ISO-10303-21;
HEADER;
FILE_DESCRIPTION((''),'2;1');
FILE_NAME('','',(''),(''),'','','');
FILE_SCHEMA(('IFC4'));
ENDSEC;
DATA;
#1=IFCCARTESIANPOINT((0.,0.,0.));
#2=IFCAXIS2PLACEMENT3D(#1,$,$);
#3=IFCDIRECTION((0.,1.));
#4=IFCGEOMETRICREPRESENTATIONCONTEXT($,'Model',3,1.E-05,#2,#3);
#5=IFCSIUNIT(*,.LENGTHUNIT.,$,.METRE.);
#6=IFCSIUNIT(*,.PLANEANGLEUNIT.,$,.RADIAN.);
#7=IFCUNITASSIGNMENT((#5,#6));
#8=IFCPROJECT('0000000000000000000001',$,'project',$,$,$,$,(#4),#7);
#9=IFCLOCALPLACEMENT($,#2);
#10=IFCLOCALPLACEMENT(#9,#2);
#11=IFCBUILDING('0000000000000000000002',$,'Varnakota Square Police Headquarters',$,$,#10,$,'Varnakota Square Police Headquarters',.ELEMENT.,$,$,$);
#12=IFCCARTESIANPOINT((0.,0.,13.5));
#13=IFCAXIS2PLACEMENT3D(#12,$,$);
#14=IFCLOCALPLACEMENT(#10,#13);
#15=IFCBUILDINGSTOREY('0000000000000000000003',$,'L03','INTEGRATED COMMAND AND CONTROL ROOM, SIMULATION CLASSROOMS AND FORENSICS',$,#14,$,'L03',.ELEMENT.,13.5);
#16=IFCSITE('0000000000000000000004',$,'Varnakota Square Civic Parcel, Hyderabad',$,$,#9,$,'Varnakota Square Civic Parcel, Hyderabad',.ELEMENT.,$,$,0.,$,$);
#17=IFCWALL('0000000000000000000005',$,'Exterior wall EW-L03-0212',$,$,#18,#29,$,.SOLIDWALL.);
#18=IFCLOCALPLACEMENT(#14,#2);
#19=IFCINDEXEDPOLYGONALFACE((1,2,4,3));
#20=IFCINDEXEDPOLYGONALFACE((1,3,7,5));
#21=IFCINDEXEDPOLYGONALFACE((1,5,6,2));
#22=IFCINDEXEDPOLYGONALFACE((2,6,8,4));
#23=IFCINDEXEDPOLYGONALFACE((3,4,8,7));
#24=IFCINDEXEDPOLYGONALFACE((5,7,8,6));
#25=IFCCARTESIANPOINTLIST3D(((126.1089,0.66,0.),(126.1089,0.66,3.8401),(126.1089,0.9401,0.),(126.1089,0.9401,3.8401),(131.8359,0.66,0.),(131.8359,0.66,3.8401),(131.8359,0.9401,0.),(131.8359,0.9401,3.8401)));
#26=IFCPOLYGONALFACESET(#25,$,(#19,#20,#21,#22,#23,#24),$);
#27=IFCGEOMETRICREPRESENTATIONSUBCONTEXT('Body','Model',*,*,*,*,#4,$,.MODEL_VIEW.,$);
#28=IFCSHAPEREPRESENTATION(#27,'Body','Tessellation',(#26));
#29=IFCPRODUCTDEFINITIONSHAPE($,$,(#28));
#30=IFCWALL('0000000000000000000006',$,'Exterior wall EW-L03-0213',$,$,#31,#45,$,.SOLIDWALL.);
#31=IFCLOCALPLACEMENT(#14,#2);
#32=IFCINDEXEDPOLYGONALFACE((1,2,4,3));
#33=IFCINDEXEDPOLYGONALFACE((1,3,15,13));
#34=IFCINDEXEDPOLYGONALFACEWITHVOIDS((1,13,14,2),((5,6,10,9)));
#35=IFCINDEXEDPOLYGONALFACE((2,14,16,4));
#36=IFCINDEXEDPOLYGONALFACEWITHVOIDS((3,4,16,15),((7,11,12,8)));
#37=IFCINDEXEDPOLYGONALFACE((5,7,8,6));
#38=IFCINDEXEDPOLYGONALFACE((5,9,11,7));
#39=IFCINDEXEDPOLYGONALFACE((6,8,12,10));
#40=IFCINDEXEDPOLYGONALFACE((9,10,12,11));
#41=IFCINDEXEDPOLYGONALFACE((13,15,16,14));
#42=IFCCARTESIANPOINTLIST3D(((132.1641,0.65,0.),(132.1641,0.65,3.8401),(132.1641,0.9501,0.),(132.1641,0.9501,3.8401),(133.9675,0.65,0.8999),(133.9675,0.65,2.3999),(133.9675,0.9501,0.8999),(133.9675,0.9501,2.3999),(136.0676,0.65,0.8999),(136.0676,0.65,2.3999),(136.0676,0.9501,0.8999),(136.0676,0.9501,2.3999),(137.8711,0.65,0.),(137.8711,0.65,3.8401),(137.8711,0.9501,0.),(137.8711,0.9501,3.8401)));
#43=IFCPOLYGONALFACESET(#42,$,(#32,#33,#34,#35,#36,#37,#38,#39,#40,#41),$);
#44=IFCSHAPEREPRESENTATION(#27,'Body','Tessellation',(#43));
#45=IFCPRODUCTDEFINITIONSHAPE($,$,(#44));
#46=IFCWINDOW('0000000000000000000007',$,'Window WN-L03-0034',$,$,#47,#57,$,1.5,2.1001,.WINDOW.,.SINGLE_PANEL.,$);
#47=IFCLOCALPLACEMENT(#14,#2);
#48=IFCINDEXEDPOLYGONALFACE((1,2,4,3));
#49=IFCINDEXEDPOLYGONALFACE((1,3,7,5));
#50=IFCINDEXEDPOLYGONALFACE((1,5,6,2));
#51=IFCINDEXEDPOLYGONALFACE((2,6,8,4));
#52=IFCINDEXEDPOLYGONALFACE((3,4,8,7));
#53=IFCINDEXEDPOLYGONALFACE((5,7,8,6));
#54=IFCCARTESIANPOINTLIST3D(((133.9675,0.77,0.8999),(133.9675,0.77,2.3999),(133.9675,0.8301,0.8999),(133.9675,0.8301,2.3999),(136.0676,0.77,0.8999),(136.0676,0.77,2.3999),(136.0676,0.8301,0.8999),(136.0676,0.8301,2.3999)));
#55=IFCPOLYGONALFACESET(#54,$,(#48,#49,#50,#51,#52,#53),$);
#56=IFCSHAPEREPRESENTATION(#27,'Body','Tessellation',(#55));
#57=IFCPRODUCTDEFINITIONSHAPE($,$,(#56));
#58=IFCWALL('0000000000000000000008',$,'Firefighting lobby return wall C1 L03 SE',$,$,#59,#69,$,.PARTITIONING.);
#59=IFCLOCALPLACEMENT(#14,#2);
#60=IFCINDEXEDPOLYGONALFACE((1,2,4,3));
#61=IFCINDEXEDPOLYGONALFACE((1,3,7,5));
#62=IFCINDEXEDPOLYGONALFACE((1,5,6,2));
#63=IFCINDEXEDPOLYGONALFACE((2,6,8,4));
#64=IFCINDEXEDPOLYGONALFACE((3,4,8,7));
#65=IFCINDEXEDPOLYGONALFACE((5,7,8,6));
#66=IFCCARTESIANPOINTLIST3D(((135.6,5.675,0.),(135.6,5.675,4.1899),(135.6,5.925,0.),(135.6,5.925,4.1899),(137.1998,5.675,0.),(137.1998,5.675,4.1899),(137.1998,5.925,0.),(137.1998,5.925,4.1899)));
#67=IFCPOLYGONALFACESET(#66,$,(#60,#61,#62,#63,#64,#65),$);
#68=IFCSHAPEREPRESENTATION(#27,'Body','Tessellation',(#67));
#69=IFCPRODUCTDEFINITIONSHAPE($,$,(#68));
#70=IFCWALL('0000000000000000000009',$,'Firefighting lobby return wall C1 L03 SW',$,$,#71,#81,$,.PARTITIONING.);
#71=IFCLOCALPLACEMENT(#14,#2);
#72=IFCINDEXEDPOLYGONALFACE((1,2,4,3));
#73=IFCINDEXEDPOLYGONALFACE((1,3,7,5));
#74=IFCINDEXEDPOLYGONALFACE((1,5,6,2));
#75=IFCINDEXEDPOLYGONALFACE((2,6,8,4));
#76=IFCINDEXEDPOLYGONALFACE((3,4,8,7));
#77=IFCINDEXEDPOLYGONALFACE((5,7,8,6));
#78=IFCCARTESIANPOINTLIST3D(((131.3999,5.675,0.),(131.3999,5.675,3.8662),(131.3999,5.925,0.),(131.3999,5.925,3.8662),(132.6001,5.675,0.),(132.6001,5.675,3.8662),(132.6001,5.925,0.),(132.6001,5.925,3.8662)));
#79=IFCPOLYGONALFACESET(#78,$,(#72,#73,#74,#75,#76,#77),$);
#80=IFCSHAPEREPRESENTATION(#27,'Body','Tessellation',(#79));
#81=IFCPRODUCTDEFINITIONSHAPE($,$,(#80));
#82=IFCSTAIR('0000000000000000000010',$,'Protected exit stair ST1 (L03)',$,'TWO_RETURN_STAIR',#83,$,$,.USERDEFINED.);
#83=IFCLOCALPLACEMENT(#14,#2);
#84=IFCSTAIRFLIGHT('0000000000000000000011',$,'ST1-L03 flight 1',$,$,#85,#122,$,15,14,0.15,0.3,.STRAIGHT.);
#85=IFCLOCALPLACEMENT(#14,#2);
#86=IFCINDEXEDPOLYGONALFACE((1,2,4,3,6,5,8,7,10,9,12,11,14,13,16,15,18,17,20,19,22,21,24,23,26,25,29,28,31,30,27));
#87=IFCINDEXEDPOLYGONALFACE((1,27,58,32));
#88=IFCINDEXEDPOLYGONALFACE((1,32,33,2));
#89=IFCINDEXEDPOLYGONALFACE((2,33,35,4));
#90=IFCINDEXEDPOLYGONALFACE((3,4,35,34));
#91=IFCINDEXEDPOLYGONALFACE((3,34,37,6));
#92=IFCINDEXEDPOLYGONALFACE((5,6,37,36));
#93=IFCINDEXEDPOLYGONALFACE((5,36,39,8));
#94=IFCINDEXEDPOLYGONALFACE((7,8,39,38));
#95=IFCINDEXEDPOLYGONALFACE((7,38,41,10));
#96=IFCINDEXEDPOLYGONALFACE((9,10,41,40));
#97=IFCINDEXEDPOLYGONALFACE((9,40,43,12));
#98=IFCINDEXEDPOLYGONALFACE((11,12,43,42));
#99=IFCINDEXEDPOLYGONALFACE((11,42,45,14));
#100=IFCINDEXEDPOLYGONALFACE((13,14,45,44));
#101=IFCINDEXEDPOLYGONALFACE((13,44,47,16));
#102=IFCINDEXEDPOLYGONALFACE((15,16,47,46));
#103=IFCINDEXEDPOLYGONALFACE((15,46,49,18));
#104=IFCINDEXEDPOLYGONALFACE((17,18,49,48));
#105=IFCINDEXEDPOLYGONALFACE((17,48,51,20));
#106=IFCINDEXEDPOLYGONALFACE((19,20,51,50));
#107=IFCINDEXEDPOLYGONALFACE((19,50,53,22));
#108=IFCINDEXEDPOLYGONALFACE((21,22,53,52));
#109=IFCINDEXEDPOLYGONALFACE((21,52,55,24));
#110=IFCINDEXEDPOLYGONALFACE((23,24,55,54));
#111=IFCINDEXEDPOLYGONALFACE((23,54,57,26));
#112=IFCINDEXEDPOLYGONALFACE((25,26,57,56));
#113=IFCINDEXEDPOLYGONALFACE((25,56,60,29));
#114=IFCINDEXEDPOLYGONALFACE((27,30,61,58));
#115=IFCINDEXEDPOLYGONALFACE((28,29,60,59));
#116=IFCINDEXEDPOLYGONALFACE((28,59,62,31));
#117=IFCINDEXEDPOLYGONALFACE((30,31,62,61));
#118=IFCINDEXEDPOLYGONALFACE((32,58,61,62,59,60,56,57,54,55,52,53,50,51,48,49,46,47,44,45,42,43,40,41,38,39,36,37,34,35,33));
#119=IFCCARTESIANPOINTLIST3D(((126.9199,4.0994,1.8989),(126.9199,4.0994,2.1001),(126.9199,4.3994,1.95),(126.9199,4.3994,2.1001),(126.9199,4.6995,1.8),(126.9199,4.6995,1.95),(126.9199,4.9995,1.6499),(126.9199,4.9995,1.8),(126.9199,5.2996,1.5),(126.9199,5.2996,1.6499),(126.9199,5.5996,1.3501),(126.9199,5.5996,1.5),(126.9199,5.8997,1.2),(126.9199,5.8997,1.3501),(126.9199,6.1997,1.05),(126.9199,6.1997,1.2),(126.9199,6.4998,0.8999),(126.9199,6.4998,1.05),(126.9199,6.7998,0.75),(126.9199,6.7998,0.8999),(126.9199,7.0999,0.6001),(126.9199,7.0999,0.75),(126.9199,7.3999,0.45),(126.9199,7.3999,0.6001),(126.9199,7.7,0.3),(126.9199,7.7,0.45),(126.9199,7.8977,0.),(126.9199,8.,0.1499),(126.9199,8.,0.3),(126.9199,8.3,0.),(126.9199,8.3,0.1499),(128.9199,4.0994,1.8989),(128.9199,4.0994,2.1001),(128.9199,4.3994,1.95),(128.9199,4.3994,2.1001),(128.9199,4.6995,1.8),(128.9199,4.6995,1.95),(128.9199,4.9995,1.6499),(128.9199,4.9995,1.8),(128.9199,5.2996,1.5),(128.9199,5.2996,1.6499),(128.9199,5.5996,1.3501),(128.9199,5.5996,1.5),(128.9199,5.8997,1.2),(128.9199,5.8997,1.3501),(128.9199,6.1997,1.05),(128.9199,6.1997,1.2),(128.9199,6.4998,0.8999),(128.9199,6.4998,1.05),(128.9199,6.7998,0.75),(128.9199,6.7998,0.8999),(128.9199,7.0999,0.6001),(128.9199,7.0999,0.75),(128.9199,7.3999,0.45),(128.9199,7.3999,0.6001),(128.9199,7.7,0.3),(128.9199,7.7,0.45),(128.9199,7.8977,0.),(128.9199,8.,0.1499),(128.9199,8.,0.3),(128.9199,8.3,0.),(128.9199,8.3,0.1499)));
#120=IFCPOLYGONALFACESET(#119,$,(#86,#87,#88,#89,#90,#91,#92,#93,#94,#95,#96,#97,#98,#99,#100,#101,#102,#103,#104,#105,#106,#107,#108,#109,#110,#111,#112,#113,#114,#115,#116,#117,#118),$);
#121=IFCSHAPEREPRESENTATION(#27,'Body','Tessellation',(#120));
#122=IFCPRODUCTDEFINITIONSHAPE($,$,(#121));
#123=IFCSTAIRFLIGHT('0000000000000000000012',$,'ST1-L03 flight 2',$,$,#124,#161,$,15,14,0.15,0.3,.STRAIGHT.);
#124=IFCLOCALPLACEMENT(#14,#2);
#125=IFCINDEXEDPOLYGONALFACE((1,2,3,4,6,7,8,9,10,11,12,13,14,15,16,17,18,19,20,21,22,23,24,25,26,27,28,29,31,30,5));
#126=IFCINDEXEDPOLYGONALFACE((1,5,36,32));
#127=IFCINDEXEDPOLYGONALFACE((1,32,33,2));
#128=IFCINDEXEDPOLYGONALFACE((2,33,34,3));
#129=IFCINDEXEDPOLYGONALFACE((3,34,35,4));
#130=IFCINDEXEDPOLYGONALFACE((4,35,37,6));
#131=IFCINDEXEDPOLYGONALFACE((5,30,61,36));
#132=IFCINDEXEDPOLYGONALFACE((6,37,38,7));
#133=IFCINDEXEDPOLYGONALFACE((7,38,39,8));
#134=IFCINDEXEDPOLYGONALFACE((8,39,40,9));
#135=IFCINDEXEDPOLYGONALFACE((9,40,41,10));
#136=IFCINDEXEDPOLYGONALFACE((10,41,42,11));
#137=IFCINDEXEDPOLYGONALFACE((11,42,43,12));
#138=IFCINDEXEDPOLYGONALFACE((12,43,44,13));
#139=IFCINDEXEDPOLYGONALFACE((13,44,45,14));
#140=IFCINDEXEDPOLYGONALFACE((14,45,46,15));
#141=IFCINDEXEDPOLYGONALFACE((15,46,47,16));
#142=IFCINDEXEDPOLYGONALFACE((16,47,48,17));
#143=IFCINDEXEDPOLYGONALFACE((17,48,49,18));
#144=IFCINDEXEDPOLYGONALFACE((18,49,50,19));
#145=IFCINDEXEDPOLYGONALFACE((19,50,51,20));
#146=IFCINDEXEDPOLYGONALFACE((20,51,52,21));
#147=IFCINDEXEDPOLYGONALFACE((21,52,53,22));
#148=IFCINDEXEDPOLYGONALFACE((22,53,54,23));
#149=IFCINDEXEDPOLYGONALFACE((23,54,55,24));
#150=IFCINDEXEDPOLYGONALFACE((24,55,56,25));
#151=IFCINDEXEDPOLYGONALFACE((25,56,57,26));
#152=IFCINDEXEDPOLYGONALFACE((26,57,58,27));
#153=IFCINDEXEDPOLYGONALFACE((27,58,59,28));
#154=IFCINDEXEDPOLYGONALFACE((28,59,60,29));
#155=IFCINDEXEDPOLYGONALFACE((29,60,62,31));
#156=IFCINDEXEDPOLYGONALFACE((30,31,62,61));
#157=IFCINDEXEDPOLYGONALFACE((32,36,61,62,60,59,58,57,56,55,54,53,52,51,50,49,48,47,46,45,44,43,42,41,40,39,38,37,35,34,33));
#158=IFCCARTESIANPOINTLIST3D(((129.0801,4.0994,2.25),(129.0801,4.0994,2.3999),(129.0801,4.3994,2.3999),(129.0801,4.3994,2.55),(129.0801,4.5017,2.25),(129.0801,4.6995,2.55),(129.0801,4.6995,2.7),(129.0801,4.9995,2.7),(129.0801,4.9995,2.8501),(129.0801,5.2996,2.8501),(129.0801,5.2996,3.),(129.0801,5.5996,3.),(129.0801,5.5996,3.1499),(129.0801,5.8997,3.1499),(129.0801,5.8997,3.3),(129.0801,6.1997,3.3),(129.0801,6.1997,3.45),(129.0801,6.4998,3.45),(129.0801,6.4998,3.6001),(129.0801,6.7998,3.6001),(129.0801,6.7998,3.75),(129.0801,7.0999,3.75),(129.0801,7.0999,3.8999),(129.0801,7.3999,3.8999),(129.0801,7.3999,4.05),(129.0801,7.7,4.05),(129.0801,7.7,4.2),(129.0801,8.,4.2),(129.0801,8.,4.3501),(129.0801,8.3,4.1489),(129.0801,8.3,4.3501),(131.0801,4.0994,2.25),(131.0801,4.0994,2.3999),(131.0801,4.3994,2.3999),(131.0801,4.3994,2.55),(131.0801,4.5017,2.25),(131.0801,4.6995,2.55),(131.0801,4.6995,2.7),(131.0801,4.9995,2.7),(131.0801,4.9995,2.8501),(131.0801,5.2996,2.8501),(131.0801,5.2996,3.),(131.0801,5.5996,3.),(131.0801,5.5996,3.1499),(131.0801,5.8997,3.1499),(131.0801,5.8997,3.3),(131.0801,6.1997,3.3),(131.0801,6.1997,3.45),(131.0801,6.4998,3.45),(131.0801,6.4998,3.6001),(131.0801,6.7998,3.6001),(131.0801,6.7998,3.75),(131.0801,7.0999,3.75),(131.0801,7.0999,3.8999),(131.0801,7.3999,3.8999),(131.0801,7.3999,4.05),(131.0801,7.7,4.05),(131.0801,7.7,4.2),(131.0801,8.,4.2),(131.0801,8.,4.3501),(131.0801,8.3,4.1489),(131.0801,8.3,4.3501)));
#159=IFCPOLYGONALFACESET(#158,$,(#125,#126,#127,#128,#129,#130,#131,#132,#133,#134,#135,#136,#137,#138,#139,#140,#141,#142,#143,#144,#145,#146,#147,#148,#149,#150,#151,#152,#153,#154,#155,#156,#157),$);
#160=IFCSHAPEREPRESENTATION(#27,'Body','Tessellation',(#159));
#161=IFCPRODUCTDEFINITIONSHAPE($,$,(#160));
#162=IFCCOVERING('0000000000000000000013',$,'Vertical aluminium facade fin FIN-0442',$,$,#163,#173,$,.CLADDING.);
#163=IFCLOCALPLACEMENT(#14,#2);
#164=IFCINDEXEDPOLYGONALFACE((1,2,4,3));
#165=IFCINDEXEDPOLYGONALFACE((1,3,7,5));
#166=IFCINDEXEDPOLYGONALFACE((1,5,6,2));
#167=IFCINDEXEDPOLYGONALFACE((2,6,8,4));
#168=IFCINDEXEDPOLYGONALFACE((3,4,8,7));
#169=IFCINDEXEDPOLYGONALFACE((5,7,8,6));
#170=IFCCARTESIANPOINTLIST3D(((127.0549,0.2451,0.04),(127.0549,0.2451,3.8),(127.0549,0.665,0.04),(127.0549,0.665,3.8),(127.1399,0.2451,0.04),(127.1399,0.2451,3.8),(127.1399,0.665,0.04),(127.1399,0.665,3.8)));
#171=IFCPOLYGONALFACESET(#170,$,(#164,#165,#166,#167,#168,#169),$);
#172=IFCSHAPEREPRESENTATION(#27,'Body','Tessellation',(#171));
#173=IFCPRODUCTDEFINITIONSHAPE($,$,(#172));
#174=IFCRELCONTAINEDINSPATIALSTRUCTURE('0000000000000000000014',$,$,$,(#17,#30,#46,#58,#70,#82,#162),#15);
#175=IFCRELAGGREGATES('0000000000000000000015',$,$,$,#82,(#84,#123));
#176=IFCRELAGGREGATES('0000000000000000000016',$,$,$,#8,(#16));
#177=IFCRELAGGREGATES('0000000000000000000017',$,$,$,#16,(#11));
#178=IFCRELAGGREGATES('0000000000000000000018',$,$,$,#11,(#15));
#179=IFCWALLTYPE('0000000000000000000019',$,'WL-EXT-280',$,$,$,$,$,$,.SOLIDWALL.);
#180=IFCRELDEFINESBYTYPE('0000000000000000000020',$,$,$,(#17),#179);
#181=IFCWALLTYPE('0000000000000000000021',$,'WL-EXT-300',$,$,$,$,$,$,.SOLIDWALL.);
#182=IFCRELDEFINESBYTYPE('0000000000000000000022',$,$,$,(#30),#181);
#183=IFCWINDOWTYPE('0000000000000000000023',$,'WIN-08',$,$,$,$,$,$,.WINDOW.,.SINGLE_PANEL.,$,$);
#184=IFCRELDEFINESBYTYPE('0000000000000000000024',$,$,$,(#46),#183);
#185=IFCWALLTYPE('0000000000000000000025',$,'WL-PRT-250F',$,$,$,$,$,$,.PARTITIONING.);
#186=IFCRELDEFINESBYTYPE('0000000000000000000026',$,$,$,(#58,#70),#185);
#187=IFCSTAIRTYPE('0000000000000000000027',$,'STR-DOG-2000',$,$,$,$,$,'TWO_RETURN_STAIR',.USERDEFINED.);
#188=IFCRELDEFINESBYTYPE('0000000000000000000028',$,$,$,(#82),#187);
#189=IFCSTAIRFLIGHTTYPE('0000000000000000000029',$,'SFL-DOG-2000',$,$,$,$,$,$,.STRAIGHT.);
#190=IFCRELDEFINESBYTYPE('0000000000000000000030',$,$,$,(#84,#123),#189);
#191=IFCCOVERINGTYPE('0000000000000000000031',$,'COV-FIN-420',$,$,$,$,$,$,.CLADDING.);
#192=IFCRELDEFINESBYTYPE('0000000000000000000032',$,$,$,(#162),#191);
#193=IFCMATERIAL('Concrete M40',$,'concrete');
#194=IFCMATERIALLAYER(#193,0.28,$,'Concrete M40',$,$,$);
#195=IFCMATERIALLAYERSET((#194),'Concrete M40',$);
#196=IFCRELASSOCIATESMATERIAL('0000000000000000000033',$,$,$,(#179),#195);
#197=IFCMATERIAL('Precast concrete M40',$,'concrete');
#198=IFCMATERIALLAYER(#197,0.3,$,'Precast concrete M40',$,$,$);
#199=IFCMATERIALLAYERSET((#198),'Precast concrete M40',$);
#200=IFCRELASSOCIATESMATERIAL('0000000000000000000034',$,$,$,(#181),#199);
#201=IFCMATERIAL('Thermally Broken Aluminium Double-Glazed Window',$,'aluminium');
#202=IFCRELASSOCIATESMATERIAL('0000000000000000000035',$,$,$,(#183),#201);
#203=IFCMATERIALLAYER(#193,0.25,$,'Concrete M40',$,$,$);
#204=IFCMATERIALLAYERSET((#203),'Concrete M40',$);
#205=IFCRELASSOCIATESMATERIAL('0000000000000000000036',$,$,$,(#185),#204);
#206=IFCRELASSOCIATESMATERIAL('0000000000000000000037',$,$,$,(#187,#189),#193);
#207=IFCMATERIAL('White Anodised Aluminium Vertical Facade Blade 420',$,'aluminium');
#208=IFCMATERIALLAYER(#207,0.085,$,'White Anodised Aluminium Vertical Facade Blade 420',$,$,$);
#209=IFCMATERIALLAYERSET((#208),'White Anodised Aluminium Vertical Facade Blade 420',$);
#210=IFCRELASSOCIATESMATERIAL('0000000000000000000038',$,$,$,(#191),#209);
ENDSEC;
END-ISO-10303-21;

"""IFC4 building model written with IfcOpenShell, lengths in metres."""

from ifc_helpers import new_model, si_unit, direction, frame, frame_2d, origin, origin_2d, place, context, subcontext, project, spatial, polyline, rectangle, outline, extrude, material, layer, layer_set, type_object, element, fill, aggregate, save


model = new_model("IFC4")

# Units and contexts
model_context = context("Model", 3, precision=1e-05, world=origin(), true_north=direction((0.0, 1.0)))
body_context = subcontext(model_context, "Body", "Model", "MODEL_VIEW")
ifc_project = project(units=[si_unit("LENGTHUNIT", "METRE"), si_unit("PLANEANGLEUNIT", "RADIAN")], contexts=[model_context])

# Site, building, storey
site_placement = place(None, origin())
site = spatial("IfcSite", under=ifc_project, at=site_placement, Name="Varnakota Square Civic Parcel, Hyderabad", LongName="Varnakota Square Civic Parcel, Hyderabad", CompositionType="ELEMENT", RefElevation=0.0)
building_placement = place(site_placement, origin())
building = spatial("IfcBuilding", under=site, at=building_placement, Name="Varnakota Square Police Headquarters", LongName="Varnakota Square Police Headquarters", CompositionType="ELEMENT")
storey_placement = place(building_placement, frame((0.0, 0.0, 13.5)))
storey = spatial("IfcBuildingStorey", under=building, at=storey_placement, Name="L03", Description="INTEGRATED COMMAND AND CONTROL ROOM, SIMULATION CLASSROOMS AND FORENSICS", LongName="L03", CompositionType="ELEMENT", Elevation=13.5)

# Shared definitions
ifc_material_1 = material(Name="Concrete M40", Category="concrete")

# Wall
ifc_layer_1 = layer(ifc_material_1, 0.28, Name="Concrete M40")
ifc_layer_set_1 = layer_set([ifc_layer_1], Name="Concrete M40")
wall_type_1 = type_object("IfcWallType", Name="WL-EXT-280", PredefinedType="SOLIDWALL", material=ifc_layer_set_1)
wall_1_placement = place(storey_placement, frame((126.1089, 0.8, 0.0), z_axis=(0.0, 0.0, 1.0), x_axis=(1.0, 0.0, 0.0)))
element("IfcWall", 1, at=wall_1_placement, inside=storey, type_object=wall_type_1, Name="Exterior wall EW-L03-0212", PredefinedType="SOLIDWALL", context=body_context, shape_type="SweptSolid", body=[
    extrude(rectangle(XDim=5.7271, YDim=0.28, at=frame_2d((2.8635, 0.0))), origin(), (0.0, 0.0, 1.0), 3.8401),
])

# Wall, opening, window
ifc_material_2 = material(Name="Precast concrete M40", Category="concrete")
ifc_layer_2 = layer(ifc_material_2, 0.3, Name="Precast concrete M40")
ifc_layer_set_2 = layer_set([ifc_layer_2], Name="Precast concrete M40")
wall_type_2 = type_object("IfcWallType", Name="WL-EXT-300", PredefinedType="SOLIDWALL", material=ifc_layer_set_2)
wall_2_placement = place(storey_placement, frame((132.1641, 0.8, 0.0), z_axis=(0.0, 0.0, 1.0), x_axis=(1.0, 0.0, 0.0)))
wall_2 = element("IfcWall", 2, at=wall_2_placement, inside=storey, type_object=wall_type_2, Name="Exterior wall EW-L03-0213", PredefinedType="SOLIDWALL", context=body_context, shape_type="SweptSolid", body=[
    extrude(rectangle(XDim=5.707, YDim=0.3, at=frame_2d((2.8535, 0.0))), origin(), (0.0, 0.0, 1.0), 3.8401),
])
opening_1_placement = place(wall_2_placement, frame((1.8035, 0.0, 0.8999)))
opening_1 = element("IfcOpeningElement", 3, at=opening_1_placement, cuts=wall_2, PredefinedType="OPENING", context=body_context, shape_type="SweptSolid", body=[
    extrude(rectangle(XDim=2.1001, YDim=1.5, at=frame_2d((1.05, 0.75))), frame((0.0, 0.1599, 0.0), z_axis=(0.0, -1.0, 0.0), x_axis=(1.0, 0.0, 0.0)), (0.0, 0.0, 1.0), 0.3201),
])
ifc_material_3 = material(Name="Thermally Broken Aluminium Double-Glazed Window", Category="aluminium")
window_type = type_object("IfcWindowType", Name="WIN-08", PartitioningType="SINGLE_PANEL", PredefinedType="WINDOW", material=ifc_material_3)
window_placement = place(opening_1_placement, origin())
window = element("IfcWindow", 4, at=window_placement, inside=storey, type_object=window_type, Name="Window WN-L03-0034", OverallHeight=1.5, OverallWidth=2.1001, PartitioningType="SINGLE_PANEL", PredefinedType="WINDOW", context=body_context, shape_type="SweptSolid", body=[
    extrude(rectangle(XDim=2.1001, YDim=1.5, at=frame_2d((1.05, 0.75))), frame((0.0, 0.03, 0.0), z_axis=(0.0, -1.0, 0.0), x_axis=(1.0, 0.0, 0.0)), (0.0, 0.0, 1.0), 0.0601),
])
fill(opening_1, window)

# Walls
ifc_layer_3 = layer(ifc_material_1, 0.25, Name="Concrete M40")
ifc_layer_set_3 = layer_set([ifc_layer_3], Name="Concrete M40")
wall_type_3 = type_object("IfcWallType", Name="WL-PRT-250F", PredefinedType="PARTITIONING", material=ifc_layer_set_3)
wall_3_placement = place(storey_placement, frame((135.6001, 5.8, 0.0), z_axis=(0.0, 0.0, 1.0), x_axis=(1.0, 0.0, 0.0)))
element("IfcWall", 5, at=wall_3_placement, inside=storey, type_object=wall_type_3, Name="Firefighting lobby return wall C1 L03 SE", PredefinedType="PARTITIONING", context=body_context, shape_type="SweptSolid", body=[
    extrude(rectangle(XDim=1.5999, YDim=0.25, at=frame_2d((0.7998, 0.0))), origin(), (0.0, 0.0, 1.0), 4.1899),
])
wall_4_placement = place(storey_placement, frame((131.3999, 5.8, 0.0), z_axis=(0.0, 0.0, 1.0), x_axis=(1.0, 0.0, 0.0)))
element("IfcWall", 6, at=wall_4_placement, inside=storey, type_object=wall_type_3, Name="Firefighting lobby return wall C1 L03 SW", PredefinedType="PARTITIONING", context=body_context, shape_type="SweptSolid", body=[
    extrude(rectangle(XDim=1.2002, YDim=0.25, at=frame_2d((0.6001, 0.0))), origin(), (0.0, 0.0, 1.0), 3.8662),
])

# Stair, stair flights
stair_type = type_object("IfcStairType", Name="STR-DOG-2000", ElementType="TWO_RETURN_STAIR", PredefinedType="USERDEFINED", material=ifc_material_1)
stair_placement = place(storey_placement, origin())
stair = element("IfcStair", 7, at=stair_placement, inside=storey, type_object=stair_type, Name="Protected exit stair ST1 (L03)", ObjectType="TWO_RETURN_STAIR", PredefinedType="USERDEFINED")
stair_flight_type = type_object("IfcStairFlightType", Name="SFL-DOG-2000", PredefinedType="STRAIGHT", material=ifc_material_1)
stair_flight_1_placement = place(storey_placement, frame((127.9199, 8.3, 0.0), z_axis=(0.0, 0.0, 1.0), x_axis=(0.0, -1.0, 0.0)))
stair_flight_1 = element("IfcStairFlight", 8, at=stair_flight_1_placement, type_object=stair_flight_type, Name="ST1-L03 flight 1", NumberOfRisers=15, NumberOfTreads=14, PredefinedType="STRAIGHT", RiserHeight=0.15, TreadLength=0.3, context=body_context, shape_type="SweptSolid", body=[
    extrude(outline(polyline([(0.0, 0.0), (0.0, 0.1499), (0.3, 0.1499), (0.3, 0.3), (0.6001, 0.3), (0.6001, 0.45), (0.9001, 0.45), (0.9001, 0.6001), (1.2002, 0.6001), (1.2002, 0.75), (1.5002, 0.75), (1.5002, 0.8999), (1.8003, 0.8999), (1.8003, 1.05), (2.1003, 1.05), (2.1003, 1.2), (2.4004, 1.2), (2.4004, 1.3501), (2.7004, 1.3501), (2.7004, 1.5), (3.0005, 1.5), (3.0005, 1.6499), (3.3005, 1.6499), (3.3005, 1.8), (3.6006, 1.8), (3.6006, 1.95), (3.9006, 1.95), (3.9006, 2.1001), (4.2007, 2.1001), (4.2007, 2.25), (4.2007, 1.8989), (0.4023, 0.0), (0.0, 0.0)])), frame((0.0, 1.0, 0.0), z_axis=(0.0, -1.0, 0.0), x_axis=(1.0, 0.0, 0.0)), (0.0, 0.0, 1.0), 2.0),
])
stair_flight_2_placement = place(storey_placement, frame((130.0801, 4.0994, 2.25), z_axis=(0.0, 0.0, 1.0), x_axis=(0.0, 1.0, 0.0)))
stair_flight_2 = element("IfcStairFlight", 9, at=stair_flight_2_placement, type_object=stair_flight_type, Name="ST1-L03 flight 2", NumberOfRisers=15, NumberOfTreads=14, PredefinedType="STRAIGHT", RiserHeight=0.15, TreadLength=0.3, context=body_context, shape_type="SweptSolid", body=[
    extrude(outline(polyline([(0.0, 0.0), (0.0, 0.1499), (0.3, 0.1499), (0.3, 0.3), (0.6001, 0.3), (0.6001, 0.45), (0.9001, 0.45), (0.9001, 0.6001), (1.2002, 0.6001), (1.2002, 0.75), (1.5002, 0.75), (1.5002, 0.8999), (1.8003, 0.8999), (1.8003, 1.05), (2.1003, 1.05), (2.1003, 1.2), (2.4004, 1.2), (2.4004, 1.3501), (2.7004, 1.3501), (2.7004, 1.5), (3.0005, 1.5), (3.0005, 1.6499), (3.3005, 1.6499), (3.3005, 1.8), (3.6006, 1.8), (3.6006, 1.95), (3.9006, 1.95), (3.9006, 2.1001), (4.2007, 2.1001), (4.2007, 2.25), (4.2007, 1.8989), (0.4023, 0.0), (0.0, 0.0)])), frame((0.0, 1.0, 0.0), z_axis=(0.0, -1.0, 0.0), x_axis=(1.0, 0.0, 0.0)), (0.0, 0.0, 1.0), 2.0),
])
aggregate(stair, [stair_flight_1, stair_flight_2])

# Covering
ifc_material_4 = material(Name="White Anodised Aluminium Vertical Facade Blade 420", Category="aluminium")
ifc_layer_4 = layer(ifc_material_4, 0.085, Name="White Anodised Aluminium Vertical Facade Blade 420")
ifc_layer_set_4 = layer_set([ifc_layer_4], Name="White Anodised Aluminium Vertical Facade Blade 420")
covering_type_1 = type_object("IfcCoveringType", Name="COV-FIN-420", PredefinedType="CLADDING", material=ifc_layer_set_4)
covering_1_placement = place(storey_placement, frame((127.0974, 0.4551, 0.04), z_axis=(0.0, 0.0, 1.0), x_axis=(1.0, 0.0, 0.0)))
element("IfcCovering", 10, at=covering_1_placement, inside=storey, type_object=covering_type_1, Name="Vertical aluminium facade fin FIN-0442", PredefinedType="CLADDING", context=body_context, shape_type="SweptSolid", body=[
    extrude(rectangle(XDim=0.085, YDim=0.4199, at=origin_2d()), origin(), (0.0, 0.0, 1.0), 3.76),
])

save(model, "model.ifc")
